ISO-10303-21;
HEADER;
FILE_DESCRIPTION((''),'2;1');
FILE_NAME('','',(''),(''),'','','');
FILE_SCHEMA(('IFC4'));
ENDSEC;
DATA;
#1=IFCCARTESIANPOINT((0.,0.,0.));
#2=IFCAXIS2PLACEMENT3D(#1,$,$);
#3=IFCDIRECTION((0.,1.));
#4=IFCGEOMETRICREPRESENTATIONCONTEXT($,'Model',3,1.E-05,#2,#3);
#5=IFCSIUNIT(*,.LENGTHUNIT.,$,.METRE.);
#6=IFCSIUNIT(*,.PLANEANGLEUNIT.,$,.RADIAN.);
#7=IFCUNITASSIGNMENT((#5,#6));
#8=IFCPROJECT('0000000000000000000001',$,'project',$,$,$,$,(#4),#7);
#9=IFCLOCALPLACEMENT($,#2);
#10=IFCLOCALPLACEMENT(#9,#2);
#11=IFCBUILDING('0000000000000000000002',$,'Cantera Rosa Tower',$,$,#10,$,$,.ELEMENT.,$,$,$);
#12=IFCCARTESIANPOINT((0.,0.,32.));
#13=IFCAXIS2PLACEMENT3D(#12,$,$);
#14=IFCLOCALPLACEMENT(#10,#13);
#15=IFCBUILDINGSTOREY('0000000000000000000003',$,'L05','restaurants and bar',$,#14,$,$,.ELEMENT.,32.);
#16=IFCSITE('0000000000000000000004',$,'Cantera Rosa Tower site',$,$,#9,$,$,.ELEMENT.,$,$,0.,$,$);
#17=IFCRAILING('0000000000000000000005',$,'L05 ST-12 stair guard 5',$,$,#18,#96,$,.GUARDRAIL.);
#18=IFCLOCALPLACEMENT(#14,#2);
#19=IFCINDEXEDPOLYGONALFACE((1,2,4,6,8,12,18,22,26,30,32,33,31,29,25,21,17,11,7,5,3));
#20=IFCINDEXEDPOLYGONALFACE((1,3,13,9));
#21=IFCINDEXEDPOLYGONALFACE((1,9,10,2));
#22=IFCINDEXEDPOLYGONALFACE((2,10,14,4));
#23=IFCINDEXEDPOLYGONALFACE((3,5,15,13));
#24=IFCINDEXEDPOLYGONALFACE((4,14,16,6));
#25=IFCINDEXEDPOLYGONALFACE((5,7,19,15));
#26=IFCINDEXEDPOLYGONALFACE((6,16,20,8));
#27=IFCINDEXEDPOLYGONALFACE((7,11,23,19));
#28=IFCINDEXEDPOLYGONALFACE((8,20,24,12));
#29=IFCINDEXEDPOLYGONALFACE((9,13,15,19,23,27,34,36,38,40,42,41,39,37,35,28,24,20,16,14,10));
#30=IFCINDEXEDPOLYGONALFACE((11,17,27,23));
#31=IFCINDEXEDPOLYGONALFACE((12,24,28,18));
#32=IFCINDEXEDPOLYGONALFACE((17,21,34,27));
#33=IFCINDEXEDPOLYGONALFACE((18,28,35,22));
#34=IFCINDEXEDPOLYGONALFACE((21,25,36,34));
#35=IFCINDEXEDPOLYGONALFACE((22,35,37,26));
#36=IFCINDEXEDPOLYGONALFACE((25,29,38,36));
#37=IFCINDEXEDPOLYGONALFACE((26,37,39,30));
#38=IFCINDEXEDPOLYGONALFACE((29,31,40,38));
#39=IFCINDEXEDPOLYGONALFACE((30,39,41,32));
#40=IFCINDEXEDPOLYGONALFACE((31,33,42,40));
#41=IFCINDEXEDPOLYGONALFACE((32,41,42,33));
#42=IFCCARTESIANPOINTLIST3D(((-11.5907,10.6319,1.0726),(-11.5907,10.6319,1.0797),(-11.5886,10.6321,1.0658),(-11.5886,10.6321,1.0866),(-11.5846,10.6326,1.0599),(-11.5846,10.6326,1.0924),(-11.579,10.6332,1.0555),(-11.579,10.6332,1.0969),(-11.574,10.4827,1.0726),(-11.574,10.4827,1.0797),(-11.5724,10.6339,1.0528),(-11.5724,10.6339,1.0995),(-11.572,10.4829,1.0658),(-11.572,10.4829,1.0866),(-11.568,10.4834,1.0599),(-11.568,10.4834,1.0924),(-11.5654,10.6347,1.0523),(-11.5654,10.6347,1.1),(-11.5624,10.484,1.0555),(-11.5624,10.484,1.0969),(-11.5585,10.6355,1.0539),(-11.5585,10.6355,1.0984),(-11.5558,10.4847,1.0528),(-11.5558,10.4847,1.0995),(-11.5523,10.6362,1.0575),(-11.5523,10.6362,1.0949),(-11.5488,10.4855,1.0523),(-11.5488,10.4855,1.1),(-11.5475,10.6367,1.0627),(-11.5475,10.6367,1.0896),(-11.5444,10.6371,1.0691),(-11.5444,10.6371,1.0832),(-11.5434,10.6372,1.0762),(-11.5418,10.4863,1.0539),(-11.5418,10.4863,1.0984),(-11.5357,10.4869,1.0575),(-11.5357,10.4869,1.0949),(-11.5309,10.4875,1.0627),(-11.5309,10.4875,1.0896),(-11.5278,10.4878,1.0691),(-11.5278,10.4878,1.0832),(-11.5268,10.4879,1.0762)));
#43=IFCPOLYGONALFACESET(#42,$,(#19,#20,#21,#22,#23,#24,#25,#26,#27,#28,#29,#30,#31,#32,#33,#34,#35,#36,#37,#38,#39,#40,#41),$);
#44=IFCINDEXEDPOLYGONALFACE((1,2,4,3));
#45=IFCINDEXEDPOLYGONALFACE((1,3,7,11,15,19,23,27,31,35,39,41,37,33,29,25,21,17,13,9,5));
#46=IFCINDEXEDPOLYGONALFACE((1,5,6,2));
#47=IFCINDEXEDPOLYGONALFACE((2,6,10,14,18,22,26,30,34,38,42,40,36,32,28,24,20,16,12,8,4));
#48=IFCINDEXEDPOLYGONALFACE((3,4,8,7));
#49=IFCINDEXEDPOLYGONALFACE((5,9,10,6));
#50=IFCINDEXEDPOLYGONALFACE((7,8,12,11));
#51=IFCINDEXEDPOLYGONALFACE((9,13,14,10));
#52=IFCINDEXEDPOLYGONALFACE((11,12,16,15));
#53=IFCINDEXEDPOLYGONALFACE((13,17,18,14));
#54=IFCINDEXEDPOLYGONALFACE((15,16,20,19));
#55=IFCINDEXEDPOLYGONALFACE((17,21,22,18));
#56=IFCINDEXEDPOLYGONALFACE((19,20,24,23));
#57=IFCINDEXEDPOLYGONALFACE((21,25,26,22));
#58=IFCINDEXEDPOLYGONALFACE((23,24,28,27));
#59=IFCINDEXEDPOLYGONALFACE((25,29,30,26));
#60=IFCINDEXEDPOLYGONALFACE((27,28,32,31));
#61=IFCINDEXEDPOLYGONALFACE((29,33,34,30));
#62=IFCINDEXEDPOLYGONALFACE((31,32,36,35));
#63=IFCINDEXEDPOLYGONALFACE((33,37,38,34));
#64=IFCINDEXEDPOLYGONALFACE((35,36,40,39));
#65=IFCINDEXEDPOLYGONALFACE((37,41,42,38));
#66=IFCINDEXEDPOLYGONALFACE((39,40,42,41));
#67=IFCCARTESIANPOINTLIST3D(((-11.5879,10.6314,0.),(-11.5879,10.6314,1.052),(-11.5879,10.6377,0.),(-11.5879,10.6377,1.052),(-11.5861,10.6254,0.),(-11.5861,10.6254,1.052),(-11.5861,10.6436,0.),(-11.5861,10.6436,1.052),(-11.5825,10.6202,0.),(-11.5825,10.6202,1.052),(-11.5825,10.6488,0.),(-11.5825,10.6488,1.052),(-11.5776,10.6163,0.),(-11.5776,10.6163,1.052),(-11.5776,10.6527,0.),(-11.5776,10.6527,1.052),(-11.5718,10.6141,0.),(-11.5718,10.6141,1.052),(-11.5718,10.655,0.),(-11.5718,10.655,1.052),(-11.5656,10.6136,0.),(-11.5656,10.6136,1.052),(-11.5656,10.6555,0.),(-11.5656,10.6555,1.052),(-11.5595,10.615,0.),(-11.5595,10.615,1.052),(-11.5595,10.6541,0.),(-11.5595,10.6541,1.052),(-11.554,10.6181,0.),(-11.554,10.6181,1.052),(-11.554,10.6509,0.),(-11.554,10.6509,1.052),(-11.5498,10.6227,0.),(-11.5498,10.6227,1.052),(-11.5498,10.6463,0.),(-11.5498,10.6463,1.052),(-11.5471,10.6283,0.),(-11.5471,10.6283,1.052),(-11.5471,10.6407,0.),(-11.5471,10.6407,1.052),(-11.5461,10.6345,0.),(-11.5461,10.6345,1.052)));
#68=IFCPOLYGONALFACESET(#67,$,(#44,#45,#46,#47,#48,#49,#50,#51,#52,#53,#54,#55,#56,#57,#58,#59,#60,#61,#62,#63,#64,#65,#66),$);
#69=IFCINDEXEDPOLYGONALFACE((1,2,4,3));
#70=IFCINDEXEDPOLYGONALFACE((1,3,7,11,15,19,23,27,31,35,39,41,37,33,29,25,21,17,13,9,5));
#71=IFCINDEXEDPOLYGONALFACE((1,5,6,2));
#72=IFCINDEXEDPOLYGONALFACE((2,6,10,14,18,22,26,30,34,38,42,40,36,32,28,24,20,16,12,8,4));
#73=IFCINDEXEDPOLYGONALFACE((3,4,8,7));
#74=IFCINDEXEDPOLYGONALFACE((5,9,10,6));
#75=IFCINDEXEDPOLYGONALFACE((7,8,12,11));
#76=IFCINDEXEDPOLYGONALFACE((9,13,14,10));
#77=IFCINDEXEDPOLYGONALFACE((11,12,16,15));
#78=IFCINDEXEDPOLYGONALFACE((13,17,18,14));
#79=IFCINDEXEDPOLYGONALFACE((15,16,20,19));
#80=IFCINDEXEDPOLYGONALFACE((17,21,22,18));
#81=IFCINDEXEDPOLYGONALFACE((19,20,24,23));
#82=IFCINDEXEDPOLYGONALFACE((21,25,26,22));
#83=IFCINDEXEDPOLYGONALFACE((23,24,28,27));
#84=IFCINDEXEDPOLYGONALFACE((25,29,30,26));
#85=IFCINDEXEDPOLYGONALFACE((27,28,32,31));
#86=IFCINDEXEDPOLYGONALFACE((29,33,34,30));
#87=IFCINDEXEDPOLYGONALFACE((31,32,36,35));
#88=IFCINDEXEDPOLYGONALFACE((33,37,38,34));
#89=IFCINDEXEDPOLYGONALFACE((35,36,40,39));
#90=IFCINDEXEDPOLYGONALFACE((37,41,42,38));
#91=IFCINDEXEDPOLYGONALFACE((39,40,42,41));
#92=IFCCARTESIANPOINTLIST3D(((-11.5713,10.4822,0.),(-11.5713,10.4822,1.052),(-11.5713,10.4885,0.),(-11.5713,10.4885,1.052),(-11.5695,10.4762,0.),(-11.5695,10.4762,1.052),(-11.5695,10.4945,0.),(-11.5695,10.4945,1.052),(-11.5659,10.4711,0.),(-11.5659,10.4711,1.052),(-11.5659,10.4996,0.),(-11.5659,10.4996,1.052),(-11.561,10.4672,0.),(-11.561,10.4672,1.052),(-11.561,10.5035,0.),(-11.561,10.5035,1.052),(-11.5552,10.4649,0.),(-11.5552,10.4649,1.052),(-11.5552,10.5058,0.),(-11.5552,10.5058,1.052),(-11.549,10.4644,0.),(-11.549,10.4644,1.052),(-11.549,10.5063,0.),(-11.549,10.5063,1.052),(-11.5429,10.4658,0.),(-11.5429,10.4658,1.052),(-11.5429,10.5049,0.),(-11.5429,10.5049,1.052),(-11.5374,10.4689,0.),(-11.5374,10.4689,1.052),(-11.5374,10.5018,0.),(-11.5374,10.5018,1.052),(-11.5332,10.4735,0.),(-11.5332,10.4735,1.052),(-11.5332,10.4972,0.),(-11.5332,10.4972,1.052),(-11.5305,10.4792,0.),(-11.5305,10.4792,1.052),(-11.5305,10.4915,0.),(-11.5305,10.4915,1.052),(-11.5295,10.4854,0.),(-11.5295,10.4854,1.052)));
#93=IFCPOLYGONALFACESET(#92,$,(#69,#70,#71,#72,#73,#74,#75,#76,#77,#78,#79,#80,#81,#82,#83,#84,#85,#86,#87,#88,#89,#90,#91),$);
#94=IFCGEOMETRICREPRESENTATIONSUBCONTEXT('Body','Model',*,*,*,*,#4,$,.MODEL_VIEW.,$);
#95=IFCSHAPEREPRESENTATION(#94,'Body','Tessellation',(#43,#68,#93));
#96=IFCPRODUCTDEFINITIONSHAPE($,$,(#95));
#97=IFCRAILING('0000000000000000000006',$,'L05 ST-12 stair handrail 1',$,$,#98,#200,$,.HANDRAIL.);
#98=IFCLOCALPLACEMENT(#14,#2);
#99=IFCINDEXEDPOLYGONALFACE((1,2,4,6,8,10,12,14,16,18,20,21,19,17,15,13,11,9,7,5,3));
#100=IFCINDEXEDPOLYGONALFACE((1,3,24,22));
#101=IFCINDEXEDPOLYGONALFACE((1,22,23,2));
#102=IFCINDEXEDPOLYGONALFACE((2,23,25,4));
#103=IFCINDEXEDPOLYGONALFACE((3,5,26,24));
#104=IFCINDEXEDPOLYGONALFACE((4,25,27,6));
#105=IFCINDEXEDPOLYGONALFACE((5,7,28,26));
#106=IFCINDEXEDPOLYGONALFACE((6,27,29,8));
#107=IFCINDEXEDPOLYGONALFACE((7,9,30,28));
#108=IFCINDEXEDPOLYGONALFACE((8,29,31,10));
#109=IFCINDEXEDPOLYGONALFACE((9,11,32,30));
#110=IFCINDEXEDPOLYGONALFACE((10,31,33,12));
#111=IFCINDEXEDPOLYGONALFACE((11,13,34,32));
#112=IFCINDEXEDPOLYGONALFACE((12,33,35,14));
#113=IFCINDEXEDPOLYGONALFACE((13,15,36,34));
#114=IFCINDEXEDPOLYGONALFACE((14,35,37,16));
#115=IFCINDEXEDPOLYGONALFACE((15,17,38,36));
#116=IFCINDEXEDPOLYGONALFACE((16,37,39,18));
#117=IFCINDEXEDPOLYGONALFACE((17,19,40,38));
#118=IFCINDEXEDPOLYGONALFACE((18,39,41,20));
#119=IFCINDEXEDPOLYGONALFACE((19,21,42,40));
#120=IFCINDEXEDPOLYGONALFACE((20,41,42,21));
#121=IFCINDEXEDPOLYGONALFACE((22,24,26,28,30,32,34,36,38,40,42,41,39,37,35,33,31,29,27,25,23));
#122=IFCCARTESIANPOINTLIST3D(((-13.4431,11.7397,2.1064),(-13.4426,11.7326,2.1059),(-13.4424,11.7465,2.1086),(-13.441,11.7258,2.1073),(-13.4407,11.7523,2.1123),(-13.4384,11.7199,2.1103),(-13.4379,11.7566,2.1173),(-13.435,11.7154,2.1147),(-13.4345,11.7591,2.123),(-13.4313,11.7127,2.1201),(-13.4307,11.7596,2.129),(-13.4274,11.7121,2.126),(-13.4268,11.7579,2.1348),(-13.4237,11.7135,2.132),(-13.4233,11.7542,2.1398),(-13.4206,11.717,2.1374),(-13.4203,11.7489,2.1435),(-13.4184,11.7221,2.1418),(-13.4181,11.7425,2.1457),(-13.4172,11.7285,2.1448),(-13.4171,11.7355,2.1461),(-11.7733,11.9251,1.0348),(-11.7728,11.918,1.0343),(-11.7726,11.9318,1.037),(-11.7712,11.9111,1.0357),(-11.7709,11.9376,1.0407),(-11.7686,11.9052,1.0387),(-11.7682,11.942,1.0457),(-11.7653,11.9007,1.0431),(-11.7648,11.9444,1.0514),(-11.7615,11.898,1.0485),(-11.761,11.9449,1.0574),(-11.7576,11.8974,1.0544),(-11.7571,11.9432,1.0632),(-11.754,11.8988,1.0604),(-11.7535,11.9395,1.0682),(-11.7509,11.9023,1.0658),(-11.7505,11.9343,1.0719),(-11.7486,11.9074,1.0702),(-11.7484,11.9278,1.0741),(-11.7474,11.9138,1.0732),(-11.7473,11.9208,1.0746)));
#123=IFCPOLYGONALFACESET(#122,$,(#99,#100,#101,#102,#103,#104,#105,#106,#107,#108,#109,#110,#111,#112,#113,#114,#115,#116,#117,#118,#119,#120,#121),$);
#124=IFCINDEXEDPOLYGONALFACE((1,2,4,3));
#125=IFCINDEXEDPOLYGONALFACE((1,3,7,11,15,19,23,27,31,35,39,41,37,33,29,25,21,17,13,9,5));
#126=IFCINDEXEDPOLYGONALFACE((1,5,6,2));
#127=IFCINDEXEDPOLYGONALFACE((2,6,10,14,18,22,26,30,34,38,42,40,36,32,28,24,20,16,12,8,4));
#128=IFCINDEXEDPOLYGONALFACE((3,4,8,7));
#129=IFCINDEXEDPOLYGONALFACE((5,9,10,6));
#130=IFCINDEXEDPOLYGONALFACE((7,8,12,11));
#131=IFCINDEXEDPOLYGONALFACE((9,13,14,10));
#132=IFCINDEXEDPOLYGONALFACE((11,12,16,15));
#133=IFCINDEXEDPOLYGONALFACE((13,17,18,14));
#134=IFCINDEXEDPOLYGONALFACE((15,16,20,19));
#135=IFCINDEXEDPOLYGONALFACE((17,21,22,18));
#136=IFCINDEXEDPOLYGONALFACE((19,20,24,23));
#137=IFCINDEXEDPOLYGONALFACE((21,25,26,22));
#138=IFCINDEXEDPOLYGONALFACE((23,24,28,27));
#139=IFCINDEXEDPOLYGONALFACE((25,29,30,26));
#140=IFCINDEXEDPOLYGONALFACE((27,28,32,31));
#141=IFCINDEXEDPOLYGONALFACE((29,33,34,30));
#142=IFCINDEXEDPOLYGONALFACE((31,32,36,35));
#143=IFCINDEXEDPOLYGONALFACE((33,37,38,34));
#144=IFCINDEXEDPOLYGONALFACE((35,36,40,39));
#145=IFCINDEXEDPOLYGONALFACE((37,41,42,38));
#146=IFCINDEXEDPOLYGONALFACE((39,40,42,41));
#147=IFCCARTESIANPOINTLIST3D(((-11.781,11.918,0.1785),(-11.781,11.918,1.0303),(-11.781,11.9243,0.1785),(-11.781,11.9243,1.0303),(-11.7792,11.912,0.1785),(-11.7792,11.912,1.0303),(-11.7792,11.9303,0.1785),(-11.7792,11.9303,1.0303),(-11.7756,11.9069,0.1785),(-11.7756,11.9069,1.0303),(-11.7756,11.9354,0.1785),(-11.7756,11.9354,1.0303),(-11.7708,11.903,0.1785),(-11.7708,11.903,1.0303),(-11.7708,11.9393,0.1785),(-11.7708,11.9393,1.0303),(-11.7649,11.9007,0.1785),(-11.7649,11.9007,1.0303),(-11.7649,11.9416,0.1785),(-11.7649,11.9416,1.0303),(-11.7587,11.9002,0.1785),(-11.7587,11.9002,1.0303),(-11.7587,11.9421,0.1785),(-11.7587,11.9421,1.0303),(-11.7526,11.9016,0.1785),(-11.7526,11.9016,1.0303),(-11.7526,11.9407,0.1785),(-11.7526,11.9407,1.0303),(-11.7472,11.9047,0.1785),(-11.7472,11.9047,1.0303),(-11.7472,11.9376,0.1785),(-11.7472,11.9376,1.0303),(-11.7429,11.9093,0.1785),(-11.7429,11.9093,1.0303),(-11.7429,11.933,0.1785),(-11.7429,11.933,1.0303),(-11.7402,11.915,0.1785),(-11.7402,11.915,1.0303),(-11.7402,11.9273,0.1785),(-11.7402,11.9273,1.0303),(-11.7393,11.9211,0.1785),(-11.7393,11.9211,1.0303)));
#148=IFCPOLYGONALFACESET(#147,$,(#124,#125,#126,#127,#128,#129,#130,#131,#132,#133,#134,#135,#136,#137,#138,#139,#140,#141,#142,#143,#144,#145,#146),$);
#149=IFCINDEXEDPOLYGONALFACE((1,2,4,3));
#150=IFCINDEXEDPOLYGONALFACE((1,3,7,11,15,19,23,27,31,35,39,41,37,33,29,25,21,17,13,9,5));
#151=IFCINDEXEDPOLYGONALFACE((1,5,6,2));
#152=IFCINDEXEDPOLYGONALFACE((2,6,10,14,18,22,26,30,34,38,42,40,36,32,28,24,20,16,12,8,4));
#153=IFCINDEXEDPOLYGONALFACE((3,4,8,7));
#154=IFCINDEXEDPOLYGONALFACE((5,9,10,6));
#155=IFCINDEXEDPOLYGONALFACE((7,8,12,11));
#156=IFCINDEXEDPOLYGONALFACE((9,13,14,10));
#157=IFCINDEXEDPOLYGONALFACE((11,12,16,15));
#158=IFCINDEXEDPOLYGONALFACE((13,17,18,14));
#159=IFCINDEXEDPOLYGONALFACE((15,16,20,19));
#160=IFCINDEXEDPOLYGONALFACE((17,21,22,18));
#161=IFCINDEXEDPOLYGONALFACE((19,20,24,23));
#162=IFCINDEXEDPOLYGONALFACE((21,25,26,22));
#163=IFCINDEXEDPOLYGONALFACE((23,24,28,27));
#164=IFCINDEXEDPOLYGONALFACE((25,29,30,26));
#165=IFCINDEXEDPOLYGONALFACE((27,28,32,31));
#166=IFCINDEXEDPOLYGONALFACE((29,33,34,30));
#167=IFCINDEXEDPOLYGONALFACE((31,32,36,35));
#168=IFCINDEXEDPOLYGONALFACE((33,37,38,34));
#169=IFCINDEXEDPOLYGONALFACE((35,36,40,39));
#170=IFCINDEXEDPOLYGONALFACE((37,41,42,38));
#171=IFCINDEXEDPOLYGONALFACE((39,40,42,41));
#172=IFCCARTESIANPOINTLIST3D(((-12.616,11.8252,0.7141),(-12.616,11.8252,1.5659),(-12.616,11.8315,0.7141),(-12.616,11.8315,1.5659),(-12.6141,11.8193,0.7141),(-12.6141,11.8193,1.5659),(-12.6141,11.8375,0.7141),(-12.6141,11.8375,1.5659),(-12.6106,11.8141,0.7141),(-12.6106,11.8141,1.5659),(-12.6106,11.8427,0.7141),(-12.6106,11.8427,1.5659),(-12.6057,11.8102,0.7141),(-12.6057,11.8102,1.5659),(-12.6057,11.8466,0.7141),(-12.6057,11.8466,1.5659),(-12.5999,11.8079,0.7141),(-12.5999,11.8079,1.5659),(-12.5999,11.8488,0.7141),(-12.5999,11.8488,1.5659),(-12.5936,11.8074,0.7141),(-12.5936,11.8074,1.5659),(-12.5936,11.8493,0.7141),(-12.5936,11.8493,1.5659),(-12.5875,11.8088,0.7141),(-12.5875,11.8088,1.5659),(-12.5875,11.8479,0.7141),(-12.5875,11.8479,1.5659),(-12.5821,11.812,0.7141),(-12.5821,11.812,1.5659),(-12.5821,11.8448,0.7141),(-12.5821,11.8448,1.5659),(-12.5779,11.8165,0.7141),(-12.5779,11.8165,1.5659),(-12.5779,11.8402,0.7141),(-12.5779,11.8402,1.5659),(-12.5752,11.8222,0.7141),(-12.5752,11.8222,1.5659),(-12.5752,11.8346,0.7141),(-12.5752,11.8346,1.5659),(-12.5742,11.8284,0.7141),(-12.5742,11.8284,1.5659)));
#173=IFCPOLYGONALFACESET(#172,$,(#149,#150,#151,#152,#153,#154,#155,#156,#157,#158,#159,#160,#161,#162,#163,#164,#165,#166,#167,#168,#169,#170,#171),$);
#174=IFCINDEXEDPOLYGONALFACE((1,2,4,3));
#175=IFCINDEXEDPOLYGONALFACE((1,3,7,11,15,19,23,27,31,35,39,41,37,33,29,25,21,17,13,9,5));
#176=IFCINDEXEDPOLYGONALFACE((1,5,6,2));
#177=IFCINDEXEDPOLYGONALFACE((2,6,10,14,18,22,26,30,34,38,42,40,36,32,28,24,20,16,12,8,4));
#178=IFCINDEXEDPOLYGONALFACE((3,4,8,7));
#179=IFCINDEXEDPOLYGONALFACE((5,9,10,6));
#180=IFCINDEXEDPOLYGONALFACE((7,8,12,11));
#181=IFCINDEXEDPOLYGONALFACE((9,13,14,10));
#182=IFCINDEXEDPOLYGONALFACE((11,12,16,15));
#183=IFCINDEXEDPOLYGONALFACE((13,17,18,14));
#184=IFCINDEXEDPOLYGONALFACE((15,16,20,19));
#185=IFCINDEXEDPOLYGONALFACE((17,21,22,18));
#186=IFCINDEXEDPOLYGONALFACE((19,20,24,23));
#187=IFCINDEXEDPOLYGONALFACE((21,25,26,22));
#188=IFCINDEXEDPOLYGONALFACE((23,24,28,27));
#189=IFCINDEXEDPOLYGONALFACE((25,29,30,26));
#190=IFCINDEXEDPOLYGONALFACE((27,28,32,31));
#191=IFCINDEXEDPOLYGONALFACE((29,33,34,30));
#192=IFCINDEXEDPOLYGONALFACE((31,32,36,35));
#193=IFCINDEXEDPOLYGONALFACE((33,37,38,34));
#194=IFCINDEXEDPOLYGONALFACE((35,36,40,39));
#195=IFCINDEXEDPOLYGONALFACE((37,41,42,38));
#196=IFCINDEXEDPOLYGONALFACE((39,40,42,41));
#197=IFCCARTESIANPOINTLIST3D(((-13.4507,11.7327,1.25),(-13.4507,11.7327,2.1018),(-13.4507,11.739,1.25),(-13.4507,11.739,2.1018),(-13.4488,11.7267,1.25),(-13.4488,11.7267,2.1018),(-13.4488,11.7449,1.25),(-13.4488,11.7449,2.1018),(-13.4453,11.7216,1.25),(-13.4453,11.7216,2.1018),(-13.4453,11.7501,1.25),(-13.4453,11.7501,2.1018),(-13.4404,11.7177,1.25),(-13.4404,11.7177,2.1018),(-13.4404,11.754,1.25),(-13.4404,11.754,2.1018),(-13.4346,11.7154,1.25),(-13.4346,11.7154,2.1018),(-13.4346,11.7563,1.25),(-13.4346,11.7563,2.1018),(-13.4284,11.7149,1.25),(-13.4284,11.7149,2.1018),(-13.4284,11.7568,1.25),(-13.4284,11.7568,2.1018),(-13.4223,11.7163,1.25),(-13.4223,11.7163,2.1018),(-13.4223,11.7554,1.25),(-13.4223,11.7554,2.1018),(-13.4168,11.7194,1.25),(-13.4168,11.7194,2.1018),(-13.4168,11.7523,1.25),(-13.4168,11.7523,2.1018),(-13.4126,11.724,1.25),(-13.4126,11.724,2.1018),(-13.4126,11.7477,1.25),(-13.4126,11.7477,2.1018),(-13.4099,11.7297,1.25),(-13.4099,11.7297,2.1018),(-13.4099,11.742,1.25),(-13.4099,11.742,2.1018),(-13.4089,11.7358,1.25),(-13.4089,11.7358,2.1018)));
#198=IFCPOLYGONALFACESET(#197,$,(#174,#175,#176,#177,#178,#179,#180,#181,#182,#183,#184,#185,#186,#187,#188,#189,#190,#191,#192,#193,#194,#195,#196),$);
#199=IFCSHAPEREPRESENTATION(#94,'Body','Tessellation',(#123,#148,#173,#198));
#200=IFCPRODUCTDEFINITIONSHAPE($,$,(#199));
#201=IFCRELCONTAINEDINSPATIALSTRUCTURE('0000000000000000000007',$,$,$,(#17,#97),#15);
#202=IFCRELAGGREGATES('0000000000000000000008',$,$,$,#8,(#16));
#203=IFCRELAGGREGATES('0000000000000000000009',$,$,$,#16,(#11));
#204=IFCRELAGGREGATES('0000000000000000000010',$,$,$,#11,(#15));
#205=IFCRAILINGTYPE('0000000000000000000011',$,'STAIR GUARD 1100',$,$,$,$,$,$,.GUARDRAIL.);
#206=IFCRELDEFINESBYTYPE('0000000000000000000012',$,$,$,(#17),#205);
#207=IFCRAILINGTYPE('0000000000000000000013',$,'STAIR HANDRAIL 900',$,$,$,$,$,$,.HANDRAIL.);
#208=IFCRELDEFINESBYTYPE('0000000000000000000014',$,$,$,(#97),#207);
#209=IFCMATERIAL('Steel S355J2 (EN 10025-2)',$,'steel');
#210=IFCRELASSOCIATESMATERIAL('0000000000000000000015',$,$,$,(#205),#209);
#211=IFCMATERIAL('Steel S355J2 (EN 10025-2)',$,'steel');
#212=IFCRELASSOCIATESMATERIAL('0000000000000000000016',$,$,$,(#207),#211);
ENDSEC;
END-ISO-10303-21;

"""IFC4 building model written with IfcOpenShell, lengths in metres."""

from ifc_helpers import new_model, si_unit, direction, frame, origin, origin_2d, place, context, subcontext, project, spatial, circle, extrude, material, type_object, element, save


model = new_model("IFC4")

# Units and contexts
model_context = context("Model", 3, precision=1e-05, world=origin(), true_north=direction((0.0, 1.0)))
body_context = subcontext(model_context, "Body", "Model", "MODEL_VIEW")
ifc_project = project(units=[si_unit("LENGTHUNIT", "METRE"), si_unit("PLANEANGLEUNIT", "RADIAN")], contexts=[model_context])

# Site, building, storey
site_placement = place(None, origin())
site = spatial("IfcSite", under=ifc_project, at=site_placement, Name="Cantera Rosa Tower site", CompositionType="ELEMENT", RefElevation=0.0)
building_placement = place(site_placement, origin())
building = spatial("IfcBuilding", under=site, at=building_placement, Name="Cantera Rosa Tower", CompositionType="ELEMENT")
storey_placement = place(building_placement, frame((0.0, 0.0, 32.0)))
storey = spatial("IfcBuildingStorey", under=building, at=storey_placement, Name="L05", Description="restaurants and bar", CompositionType="ELEMENT", Elevation=32.0)

# Railings
ifc_material_1 = material(Name="Steel S355J2 (EN 10025-2)", Category="steel")
railing_type_1 = type_object("IfcRailingType", Name="STAIR GUARD 1100", PredefinedType="GUARDRAIL", material=ifc_material_1)
railing_1_placement = place(storey_placement, frame((-11.5671, 10.6345, 0.0)))
element("IfcRailing", 1, at=railing_1_placement, inside=storey, type_object=railing_type_1, Name="L05 ST-12 stair guard 5", PredefinedType="GUARDRAIL", context=body_context, shape_type="SweptSolid", body=[
    extrude(circle(Radius=0.0239, at=origin_2d()), frame((0.0, 0.0, 1.0762), z_axis=(0.11061, -0.993864, 0.0), x_axis=(0.993864, 0.11061, 0.0)), (0.0, 0.0, 1.0), 0.1501),
    extrude(circle(Radius=0.021, at=origin_2d()), origin(), (0.0, 0.0, 1.0), 1.052),
    extrude(circle(Radius=0.021, at=origin_2d()), frame((0.0166, -0.1492, 0.0)), (0.0, 0.0, 1.0), 1.052),
])
ifc_material_2 = material(Name="Steel S355J2 (EN 10025-2)", Category="steel")
railing_type_2 = type_object("IfcRailingType", Name="STAIR HANDRAIL 900", PredefinedType="HANDRAIL", material=ifc_material_2)
for number, where, name in (
    (2, (-11.7603, 11.9211, 0.1785), "L05 ST-12 stair handrail 1"),
):
    element("IfcRailing", number, at=place(storey_placement, frame(where)), inside=storey, type_object=railing_type_2, Name=name, PredefinedType="HANDRAIL", context=body_context, shape_type="SweptSolid", body=[
        extrude(circle(Radius=0.0239, at=origin_2d()), frame((0.0, 0.0, 0.876), z_axis=(-0.837951, -0.092997, 0.537764), x_axis=(0.110304, -0.993898, 0.0)), (0.0, 0.0, 1.0), 1.9927),
        extrude(circle(Radius=0.021, at=origin_2d()), origin(), (0.0, 0.0, 1.0), 0.8518),
        extrude(circle(Radius=0.021, at=origin_2d()), frame((-0.835, -0.0928, 0.5356)), (0.0, 0.0, 1.0), 0.8518),
        extrude(circle(Radius=0.021, at=origin_2d()), frame((-1.6697, -0.1853, 1.0715)), (0.0, 0.0, 1.0), 0.8518),
    ])

save(model, "model.ifc")
